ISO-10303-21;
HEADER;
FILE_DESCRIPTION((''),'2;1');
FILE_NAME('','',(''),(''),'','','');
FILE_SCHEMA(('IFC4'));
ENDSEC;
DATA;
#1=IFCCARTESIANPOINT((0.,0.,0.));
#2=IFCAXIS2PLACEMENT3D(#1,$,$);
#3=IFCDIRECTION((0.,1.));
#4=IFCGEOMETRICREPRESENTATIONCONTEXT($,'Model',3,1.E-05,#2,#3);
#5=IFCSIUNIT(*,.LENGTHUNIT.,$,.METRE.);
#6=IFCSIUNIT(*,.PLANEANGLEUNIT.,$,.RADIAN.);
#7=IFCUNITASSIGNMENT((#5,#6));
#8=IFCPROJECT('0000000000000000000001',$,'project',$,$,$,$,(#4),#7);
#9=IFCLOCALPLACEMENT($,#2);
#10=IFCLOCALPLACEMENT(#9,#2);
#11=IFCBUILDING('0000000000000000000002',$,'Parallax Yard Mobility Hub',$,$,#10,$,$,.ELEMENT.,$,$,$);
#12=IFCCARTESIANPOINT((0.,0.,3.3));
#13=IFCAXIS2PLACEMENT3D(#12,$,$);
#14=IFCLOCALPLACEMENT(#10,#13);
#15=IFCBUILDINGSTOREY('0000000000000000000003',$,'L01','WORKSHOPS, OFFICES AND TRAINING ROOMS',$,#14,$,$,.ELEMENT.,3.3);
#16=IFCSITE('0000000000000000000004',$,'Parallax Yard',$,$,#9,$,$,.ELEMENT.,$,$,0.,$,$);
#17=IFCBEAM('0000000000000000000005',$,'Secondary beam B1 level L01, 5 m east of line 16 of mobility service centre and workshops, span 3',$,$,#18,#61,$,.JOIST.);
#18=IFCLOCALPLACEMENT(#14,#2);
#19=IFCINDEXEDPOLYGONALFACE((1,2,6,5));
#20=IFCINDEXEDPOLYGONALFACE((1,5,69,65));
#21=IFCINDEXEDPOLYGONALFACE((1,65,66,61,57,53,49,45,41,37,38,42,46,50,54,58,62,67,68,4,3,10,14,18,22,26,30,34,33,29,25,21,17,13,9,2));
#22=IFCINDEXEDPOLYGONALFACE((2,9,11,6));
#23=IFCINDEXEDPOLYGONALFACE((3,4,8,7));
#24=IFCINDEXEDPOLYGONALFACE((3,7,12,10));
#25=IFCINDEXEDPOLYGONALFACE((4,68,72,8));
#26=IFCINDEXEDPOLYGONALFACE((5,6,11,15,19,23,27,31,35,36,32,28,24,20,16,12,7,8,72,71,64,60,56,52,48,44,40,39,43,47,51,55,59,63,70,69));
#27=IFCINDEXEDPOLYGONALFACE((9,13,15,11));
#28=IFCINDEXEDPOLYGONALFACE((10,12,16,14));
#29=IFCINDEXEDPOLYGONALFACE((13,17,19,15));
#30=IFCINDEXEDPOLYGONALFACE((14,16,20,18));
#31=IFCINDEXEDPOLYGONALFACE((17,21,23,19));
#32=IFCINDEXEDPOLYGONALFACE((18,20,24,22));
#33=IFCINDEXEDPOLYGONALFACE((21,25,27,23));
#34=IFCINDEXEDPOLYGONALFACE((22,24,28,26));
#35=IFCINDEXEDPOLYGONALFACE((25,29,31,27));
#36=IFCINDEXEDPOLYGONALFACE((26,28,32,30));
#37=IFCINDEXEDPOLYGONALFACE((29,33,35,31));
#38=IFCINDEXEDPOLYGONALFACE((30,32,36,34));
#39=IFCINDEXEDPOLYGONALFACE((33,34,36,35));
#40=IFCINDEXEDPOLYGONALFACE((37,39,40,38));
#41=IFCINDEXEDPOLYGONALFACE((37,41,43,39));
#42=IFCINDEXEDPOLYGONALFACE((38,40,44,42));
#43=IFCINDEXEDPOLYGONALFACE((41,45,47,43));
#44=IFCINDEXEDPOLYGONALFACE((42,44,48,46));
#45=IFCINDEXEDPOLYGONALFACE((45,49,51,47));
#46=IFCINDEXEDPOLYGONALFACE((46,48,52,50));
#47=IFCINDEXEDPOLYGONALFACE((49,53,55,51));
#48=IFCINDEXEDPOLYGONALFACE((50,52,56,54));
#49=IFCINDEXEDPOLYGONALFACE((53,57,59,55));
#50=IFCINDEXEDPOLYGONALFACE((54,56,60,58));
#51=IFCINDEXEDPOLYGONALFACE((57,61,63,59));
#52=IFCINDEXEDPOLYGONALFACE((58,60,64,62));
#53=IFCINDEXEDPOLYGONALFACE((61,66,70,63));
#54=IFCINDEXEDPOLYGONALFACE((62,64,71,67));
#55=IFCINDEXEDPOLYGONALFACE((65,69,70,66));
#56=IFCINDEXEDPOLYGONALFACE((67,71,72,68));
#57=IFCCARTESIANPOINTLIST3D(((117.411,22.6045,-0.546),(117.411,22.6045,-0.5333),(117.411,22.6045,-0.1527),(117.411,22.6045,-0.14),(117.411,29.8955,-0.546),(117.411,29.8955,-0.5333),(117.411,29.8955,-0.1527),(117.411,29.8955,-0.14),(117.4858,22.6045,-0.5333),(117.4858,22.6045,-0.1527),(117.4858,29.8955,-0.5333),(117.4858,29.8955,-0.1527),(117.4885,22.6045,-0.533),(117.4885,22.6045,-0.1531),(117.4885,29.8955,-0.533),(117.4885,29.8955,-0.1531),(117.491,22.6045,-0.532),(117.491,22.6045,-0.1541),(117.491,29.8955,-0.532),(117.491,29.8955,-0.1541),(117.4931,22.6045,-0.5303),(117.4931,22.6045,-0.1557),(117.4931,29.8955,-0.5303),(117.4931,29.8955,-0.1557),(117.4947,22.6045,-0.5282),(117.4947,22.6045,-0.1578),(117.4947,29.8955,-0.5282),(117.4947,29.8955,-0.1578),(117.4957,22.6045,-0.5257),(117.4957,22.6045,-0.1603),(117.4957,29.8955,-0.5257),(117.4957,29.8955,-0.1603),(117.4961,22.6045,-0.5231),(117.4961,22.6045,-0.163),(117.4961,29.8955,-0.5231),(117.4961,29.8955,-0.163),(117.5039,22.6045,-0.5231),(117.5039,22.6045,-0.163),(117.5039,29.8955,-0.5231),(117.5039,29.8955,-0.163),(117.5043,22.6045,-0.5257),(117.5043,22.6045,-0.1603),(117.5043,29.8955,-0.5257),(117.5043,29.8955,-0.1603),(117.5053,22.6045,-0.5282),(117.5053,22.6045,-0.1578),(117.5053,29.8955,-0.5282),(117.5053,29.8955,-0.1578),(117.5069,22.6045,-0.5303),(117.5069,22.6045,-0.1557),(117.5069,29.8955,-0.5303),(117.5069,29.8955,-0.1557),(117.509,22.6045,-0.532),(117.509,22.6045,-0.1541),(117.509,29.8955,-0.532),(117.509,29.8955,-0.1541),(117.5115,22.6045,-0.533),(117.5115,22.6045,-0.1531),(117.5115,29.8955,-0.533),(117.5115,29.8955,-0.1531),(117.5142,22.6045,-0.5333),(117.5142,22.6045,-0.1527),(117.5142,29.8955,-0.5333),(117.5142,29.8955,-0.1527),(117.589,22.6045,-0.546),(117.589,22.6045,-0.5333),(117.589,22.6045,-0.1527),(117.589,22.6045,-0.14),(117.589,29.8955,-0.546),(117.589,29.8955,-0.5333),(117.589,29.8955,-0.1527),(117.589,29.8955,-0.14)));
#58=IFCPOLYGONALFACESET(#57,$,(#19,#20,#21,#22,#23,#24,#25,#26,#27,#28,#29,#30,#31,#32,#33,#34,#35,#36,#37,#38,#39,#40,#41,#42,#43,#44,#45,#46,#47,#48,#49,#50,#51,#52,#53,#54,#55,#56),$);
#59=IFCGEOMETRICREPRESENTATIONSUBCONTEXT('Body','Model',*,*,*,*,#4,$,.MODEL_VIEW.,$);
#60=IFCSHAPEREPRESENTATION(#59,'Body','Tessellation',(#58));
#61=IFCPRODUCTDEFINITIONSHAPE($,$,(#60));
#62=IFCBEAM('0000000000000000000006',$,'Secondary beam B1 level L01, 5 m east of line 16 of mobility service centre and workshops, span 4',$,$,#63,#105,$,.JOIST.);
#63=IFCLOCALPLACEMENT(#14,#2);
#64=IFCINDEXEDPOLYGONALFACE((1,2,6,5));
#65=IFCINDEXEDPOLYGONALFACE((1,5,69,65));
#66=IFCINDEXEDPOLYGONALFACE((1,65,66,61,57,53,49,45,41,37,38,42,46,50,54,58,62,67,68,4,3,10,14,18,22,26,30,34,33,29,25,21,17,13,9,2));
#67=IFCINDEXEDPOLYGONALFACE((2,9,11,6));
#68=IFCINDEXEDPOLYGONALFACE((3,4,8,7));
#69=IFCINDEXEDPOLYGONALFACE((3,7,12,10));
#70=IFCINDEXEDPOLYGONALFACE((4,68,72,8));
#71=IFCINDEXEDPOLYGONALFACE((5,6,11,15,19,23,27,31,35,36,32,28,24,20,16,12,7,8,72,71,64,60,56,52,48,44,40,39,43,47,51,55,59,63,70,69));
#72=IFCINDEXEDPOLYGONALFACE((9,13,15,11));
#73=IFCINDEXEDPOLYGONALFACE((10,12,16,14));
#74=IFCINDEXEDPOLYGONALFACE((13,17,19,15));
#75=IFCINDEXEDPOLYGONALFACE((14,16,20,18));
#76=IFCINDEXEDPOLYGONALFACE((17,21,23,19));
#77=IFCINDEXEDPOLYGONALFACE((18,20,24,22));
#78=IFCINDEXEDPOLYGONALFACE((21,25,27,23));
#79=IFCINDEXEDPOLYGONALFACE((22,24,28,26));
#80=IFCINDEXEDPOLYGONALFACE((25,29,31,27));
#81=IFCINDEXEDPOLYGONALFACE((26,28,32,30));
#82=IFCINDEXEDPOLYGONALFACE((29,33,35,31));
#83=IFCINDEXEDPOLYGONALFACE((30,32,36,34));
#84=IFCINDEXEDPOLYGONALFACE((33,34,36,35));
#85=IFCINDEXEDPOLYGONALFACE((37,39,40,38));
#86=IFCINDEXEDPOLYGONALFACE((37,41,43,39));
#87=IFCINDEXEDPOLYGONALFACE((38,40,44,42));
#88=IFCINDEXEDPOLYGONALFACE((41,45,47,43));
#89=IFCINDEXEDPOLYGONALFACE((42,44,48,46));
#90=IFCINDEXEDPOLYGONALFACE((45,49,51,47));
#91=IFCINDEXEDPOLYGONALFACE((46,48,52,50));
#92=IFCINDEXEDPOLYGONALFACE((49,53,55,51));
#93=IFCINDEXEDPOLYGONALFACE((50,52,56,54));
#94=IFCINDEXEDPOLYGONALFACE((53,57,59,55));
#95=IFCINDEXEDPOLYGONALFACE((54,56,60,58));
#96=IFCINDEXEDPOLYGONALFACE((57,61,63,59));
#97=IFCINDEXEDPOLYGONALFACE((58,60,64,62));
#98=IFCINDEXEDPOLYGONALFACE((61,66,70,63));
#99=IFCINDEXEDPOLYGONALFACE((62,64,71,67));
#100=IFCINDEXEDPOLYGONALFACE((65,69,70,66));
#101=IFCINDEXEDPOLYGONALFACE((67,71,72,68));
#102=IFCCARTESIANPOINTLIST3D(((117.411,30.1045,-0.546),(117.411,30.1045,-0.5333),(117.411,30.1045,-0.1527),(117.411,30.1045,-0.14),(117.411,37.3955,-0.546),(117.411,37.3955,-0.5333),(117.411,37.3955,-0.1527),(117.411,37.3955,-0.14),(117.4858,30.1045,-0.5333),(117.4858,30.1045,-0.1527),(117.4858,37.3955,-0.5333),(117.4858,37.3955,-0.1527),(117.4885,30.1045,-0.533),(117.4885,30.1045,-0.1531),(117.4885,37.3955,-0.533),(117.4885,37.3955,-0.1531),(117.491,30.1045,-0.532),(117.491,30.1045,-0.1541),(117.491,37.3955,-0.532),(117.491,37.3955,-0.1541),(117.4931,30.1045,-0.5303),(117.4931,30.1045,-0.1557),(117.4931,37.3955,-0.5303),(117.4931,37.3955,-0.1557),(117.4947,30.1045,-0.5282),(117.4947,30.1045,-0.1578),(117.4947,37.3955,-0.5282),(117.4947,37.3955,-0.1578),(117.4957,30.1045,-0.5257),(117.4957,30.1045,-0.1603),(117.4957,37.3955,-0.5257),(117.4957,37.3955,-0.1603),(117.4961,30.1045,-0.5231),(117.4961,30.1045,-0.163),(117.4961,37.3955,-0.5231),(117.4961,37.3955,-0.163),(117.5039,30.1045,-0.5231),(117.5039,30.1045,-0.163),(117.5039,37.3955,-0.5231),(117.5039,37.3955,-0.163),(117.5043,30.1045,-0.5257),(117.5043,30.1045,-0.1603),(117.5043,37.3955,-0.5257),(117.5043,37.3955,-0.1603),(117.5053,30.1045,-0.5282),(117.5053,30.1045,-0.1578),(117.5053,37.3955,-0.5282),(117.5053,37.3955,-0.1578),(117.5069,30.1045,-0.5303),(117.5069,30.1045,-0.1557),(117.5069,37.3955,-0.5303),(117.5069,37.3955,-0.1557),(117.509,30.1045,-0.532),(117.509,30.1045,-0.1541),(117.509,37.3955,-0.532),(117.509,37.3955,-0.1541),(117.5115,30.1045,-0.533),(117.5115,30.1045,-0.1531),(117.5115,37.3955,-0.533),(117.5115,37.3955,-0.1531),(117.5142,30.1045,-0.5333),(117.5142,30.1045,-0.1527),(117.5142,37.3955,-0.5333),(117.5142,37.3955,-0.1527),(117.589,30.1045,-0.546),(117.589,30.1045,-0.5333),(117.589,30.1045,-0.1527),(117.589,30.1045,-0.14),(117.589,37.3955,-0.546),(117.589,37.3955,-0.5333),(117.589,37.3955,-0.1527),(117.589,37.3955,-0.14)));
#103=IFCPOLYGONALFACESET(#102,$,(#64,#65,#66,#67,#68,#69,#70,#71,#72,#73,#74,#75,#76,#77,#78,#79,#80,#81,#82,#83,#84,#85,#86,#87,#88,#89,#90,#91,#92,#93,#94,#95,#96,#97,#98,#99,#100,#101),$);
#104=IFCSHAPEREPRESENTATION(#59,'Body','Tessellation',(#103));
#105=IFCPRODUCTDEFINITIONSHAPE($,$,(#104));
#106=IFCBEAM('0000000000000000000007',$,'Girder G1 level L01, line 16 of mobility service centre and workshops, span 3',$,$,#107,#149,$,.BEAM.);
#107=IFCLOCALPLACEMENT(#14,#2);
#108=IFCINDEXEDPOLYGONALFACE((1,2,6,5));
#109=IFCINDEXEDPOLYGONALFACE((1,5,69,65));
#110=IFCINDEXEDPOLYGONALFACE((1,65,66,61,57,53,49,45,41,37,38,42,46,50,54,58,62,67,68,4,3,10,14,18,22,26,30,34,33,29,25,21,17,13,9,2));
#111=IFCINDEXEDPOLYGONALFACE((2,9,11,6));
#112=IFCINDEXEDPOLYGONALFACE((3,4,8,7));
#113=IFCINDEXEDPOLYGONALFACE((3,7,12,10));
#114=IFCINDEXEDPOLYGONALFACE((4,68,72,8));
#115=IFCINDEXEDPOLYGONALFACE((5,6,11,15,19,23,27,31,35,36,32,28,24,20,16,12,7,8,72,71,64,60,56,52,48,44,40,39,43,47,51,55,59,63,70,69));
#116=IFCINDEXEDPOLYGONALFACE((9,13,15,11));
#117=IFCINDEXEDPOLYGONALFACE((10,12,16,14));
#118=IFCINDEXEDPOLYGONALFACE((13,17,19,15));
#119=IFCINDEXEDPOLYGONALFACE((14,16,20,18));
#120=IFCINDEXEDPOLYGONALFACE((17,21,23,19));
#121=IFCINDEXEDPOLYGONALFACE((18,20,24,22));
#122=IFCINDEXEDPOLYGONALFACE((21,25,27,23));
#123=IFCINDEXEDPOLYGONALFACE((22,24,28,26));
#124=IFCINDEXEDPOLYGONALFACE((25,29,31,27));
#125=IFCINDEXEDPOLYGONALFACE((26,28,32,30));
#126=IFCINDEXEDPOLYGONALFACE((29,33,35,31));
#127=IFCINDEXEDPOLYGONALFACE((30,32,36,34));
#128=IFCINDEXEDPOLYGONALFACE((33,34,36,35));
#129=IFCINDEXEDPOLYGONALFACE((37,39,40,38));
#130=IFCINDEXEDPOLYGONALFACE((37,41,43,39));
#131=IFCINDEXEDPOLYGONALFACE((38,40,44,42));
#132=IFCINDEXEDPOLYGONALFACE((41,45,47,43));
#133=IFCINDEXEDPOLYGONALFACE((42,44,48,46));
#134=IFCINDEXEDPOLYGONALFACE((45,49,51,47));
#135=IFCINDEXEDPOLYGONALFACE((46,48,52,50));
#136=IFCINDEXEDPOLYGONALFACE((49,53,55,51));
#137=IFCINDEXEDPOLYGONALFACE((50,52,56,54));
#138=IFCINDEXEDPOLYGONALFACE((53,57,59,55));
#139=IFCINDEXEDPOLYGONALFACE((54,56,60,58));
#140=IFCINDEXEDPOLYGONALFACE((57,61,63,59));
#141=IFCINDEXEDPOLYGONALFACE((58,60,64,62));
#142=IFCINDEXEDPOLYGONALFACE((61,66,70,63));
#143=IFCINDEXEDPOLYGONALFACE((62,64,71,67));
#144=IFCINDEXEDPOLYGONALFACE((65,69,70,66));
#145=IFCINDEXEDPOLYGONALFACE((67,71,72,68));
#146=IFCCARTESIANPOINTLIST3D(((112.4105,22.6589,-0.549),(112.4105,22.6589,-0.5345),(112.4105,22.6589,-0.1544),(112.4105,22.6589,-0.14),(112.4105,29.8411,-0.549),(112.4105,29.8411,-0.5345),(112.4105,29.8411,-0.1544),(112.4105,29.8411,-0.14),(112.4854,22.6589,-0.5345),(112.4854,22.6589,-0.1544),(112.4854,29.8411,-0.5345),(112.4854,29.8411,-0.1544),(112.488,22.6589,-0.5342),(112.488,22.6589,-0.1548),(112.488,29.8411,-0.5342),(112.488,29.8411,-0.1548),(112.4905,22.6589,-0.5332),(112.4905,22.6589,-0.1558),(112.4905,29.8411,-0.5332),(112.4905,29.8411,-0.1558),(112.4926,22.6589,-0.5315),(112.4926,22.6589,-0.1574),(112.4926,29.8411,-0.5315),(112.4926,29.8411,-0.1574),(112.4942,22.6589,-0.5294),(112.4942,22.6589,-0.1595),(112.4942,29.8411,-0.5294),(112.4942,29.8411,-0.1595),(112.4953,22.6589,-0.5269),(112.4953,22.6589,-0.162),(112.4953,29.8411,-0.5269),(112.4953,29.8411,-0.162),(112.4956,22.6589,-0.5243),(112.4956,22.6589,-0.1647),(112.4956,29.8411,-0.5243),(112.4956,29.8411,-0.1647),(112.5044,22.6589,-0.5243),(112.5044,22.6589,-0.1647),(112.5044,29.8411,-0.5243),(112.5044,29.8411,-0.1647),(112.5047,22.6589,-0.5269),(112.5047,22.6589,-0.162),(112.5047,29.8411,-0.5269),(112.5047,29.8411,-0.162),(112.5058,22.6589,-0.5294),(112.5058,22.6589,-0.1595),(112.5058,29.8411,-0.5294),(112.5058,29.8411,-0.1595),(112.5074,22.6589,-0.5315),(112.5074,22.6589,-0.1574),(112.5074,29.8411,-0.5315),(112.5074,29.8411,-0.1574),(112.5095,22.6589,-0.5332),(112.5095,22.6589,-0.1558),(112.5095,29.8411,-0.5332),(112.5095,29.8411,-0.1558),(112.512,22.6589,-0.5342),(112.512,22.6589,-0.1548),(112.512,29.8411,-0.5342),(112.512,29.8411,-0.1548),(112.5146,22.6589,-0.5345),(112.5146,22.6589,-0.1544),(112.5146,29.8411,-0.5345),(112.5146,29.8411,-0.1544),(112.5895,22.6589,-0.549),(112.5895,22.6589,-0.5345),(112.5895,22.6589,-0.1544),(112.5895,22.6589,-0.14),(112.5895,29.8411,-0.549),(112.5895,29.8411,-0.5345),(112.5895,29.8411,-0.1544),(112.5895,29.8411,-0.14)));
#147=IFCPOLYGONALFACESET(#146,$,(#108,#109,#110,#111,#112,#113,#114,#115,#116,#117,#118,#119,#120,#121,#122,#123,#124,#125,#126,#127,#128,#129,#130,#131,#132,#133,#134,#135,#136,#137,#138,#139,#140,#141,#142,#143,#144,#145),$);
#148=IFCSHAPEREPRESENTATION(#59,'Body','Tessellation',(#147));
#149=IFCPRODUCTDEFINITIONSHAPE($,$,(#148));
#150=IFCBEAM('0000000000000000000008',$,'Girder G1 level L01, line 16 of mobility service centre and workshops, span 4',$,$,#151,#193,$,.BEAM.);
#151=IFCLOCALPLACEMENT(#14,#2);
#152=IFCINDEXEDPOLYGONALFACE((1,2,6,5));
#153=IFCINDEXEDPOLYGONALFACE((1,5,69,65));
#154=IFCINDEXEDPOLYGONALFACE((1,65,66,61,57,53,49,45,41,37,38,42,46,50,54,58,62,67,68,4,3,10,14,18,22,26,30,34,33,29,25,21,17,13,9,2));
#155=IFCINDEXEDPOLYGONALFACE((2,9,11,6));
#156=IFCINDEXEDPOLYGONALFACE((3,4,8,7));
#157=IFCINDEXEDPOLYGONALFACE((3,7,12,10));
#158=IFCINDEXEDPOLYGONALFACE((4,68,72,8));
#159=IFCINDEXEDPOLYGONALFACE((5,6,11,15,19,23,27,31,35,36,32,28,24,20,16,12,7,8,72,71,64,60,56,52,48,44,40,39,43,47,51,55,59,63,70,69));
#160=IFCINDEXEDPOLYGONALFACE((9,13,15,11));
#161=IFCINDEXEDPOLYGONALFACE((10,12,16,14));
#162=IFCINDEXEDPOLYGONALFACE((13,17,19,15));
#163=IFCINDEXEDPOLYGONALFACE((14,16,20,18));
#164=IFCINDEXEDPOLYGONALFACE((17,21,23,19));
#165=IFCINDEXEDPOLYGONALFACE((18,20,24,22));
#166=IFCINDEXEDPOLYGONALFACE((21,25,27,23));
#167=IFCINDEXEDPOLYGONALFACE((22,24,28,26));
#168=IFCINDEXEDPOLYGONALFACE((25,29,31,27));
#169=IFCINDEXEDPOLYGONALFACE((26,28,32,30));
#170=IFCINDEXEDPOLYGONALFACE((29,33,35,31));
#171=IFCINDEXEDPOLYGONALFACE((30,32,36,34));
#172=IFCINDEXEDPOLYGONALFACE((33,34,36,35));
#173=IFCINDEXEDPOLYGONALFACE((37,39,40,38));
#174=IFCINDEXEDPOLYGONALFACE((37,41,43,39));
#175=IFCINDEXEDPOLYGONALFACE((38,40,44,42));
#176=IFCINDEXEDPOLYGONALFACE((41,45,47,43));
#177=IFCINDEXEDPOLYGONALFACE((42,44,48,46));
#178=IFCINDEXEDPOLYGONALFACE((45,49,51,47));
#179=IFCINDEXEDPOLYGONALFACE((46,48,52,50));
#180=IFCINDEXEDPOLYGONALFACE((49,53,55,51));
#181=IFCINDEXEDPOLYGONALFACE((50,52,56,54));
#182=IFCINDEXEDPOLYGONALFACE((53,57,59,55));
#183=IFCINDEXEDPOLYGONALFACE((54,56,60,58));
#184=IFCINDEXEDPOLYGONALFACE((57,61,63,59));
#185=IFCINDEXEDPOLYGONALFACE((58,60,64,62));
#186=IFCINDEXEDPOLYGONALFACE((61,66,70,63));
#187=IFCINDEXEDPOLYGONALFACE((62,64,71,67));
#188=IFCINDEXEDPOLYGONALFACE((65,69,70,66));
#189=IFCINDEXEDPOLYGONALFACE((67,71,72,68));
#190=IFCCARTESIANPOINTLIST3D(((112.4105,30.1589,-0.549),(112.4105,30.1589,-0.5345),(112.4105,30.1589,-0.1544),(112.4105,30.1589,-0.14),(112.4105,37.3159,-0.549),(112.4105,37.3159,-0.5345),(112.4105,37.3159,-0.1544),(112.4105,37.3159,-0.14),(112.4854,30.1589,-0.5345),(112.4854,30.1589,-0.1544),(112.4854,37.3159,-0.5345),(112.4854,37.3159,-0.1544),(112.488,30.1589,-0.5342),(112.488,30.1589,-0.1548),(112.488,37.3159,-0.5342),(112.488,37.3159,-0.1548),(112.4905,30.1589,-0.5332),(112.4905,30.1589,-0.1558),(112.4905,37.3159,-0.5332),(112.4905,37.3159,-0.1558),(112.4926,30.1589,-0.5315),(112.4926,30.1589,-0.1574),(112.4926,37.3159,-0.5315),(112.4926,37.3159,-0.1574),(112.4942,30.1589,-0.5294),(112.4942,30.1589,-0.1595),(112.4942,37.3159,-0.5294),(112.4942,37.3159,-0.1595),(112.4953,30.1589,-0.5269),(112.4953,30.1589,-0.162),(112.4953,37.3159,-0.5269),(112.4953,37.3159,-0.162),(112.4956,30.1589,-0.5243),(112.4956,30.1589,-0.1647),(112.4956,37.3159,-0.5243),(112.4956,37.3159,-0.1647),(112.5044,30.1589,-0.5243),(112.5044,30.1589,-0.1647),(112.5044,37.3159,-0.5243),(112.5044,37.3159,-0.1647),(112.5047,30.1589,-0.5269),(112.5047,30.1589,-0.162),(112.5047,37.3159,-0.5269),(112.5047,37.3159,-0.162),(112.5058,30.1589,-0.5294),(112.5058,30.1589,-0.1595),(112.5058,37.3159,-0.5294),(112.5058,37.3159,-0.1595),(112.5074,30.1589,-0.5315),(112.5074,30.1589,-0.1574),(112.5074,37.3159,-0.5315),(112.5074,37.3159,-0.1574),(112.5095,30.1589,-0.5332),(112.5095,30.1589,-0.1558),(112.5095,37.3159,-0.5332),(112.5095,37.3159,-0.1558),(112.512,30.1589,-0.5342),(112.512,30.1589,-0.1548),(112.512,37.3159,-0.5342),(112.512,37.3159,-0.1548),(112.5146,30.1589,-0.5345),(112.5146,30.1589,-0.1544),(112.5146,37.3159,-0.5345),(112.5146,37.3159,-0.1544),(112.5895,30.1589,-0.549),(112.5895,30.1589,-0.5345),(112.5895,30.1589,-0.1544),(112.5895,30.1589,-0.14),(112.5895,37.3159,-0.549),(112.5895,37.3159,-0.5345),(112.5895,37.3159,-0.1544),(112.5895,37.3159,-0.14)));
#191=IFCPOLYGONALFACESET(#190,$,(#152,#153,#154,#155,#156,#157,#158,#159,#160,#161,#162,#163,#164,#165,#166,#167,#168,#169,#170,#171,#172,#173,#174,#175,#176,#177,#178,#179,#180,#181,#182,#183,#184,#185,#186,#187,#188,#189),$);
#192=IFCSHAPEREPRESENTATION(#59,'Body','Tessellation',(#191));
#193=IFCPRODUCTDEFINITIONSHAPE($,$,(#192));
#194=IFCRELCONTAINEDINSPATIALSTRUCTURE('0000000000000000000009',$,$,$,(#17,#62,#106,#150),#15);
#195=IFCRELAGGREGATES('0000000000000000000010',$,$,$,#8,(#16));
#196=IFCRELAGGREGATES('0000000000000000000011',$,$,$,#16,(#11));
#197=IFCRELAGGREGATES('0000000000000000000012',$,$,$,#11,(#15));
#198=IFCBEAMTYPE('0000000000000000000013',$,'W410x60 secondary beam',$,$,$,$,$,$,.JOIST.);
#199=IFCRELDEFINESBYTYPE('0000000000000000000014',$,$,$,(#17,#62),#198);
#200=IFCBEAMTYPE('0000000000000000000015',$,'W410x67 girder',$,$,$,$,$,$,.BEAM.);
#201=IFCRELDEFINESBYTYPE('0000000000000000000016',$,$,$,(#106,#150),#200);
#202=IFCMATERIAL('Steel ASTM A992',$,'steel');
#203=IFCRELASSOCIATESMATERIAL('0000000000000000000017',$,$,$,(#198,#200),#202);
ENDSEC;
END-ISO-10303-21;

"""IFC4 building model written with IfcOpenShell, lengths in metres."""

from ifc_helpers import new_model, si_unit, direction, frame, origin, origin_2d, place, context, subcontext, project, spatial, i_section, extrude, material, material_profile, profile_set, type_object, element, save


model = new_model("IFC4")

# Units and contexts
model_context = context("Model", 3, precision=1e-05, world=origin(), true_north=direction((0.0, 1.0)))
body_context = subcontext(model_context, "Body", "Model", "MODEL_VIEW")
ifc_project = project(units=[si_unit("LENGTHUNIT", "METRE"), si_unit("PLANEANGLEUNIT", "RADIAN")], contexts=[model_context])

# Site, building, storey
site_placement = place(None, origin())
site = spatial("IfcSite", under=ifc_project, at=site_placement, Name="Parallax Yard", CompositionType="ELEMENT", RefElevation=0.0)
building_placement = place(site_placement, origin())
building = spatial("IfcBuilding", under=site, at=building_placement, Name="Parallax Yard Mobility Hub", CompositionType="ELEMENT")
storey_placement = place(building_placement, frame((0.0, 0.0, 3.3)))
storey = spatial("IfcBuildingStorey", under=building, at=storey_placement, Name="L01", Description="WORKSHOPS, OFFICES AND TRAINING ROOMS", CompositionType="ELEMENT", Elevation=3.3)

# Shared definitions
ifc_material_1 = material(Name="Steel ASTM A992", Category="steel")

# Beams
ifc_material_profile_1 = material_profile(ifc_material_1, i_section(OverallWidth=0.178, OverallDepth=0.406, WebThickness=0.0078, FlangeThickness=0.0127, FilletRadius=0.0103, at=origin_2d()), Name="W410x60")
ifc_profile_set_1 = profile_set([ifc_material_profile_1], Name="Steel ASTM A992")
beam_type_1 = type_object("IfcBeamType", Name="W410x60 secondary beam", PredefinedType="JOIST", material=ifc_profile_set_1)
for number, where, z_axis, x_axis, name in (
    (1, (117.5, 22.6045, -0.343), (0.0, 1.0, 0.0), (-1.0, 0.0, 0.0), "Secondary beam B1 level L01, 5 m east of line 16 of mobility service centre and workshops, span 3"),
    (2, (117.5, 30.1045, -0.343), (0.0, 1.0, 0.0), (-1.0, 0.0, 0.0), "Secondary beam B1 level L01, 5 m east of line 16 of mobility service centre and workshops, span 4"),
):
    element("IfcBeam", number, at=place(storey_placement, frame(where, z_axis=z_axis, x_axis=x_axis)), inside=storey, type_object=beam_type_1, Name=name, PredefinedType="JOIST", context=body_context, shape_type="SweptSolid", body=[
        extrude(i_section(OverallWidth=0.178, OverallDepth=0.406, WebThickness=0.0078, FlangeThickness=0.0127, FilletRadius=0.0103, at=origin_2d()), origin(), (0.0, 0.0, 1.0), 7.291),
    ])
ifc_material_profile_2 = material_profile(ifc_material_1, i_section(OverallWidth=0.179, OverallDepth=0.4089, WebThickness=0.0088, FlangeThickness=0.0144, FilletRadius=0.0103, at=origin_2d()), Name="W410x67")
ifc_profile_set_2 = profile_set([ifc_material_profile_2], Name="Steel ASTM A992")
beam_type_2 = type_object("IfcBeamType", Name="W410x67 girder", PredefinedType="BEAM", material=ifc_profile_set_2)
beam_1_placement = place(storey_placement, frame((112.5, 22.6589, -0.3445), z_axis=(0.0, 1.0, 0.0), x_axis=(-1.0, 0.0, 0.0)))
element("IfcBeam", 3, at=beam_1_placement, inside=storey, type_object=beam_type_2, Name="Girder G1 level L01, line 16 of mobility service centre and workshops, span 3", PredefinedType="BEAM", context=body_context, shape_type="SweptSolid", body=[
    extrude(i_section(OverallWidth=0.179, OverallDepth=0.4089, WebThickness=0.0088, FlangeThickness=0.0144, FilletRadius=0.0103, at=origin_2d()), origin(), (0.0, 0.0, 1.0), 7.1821),
])
beam_2_placement = place(storey_placement, frame((112.5, 30.1589, -0.3445), z_axis=(0.0, 1.0, 0.0), x_axis=(-1.0, 0.0, 0.0)))
element("IfcBeam", 4, at=beam_2_placement, inside=storey, type_object=beam_type_2, Name="Girder G1 level L01, line 16 of mobility service centre and workshops, span 4", PredefinedType="BEAM", context=body_context, shape_type="SweptSolid", body=[
    extrude(i_section(OverallWidth=0.179, OverallDepth=0.4089, WebThickness=0.0088, FlangeThickness=0.0144, FilletRadius=0.0103, at=origin_2d()), origin(), (0.0, 0.0, 1.0), 7.157),
])

save(model, "model.ifc")
